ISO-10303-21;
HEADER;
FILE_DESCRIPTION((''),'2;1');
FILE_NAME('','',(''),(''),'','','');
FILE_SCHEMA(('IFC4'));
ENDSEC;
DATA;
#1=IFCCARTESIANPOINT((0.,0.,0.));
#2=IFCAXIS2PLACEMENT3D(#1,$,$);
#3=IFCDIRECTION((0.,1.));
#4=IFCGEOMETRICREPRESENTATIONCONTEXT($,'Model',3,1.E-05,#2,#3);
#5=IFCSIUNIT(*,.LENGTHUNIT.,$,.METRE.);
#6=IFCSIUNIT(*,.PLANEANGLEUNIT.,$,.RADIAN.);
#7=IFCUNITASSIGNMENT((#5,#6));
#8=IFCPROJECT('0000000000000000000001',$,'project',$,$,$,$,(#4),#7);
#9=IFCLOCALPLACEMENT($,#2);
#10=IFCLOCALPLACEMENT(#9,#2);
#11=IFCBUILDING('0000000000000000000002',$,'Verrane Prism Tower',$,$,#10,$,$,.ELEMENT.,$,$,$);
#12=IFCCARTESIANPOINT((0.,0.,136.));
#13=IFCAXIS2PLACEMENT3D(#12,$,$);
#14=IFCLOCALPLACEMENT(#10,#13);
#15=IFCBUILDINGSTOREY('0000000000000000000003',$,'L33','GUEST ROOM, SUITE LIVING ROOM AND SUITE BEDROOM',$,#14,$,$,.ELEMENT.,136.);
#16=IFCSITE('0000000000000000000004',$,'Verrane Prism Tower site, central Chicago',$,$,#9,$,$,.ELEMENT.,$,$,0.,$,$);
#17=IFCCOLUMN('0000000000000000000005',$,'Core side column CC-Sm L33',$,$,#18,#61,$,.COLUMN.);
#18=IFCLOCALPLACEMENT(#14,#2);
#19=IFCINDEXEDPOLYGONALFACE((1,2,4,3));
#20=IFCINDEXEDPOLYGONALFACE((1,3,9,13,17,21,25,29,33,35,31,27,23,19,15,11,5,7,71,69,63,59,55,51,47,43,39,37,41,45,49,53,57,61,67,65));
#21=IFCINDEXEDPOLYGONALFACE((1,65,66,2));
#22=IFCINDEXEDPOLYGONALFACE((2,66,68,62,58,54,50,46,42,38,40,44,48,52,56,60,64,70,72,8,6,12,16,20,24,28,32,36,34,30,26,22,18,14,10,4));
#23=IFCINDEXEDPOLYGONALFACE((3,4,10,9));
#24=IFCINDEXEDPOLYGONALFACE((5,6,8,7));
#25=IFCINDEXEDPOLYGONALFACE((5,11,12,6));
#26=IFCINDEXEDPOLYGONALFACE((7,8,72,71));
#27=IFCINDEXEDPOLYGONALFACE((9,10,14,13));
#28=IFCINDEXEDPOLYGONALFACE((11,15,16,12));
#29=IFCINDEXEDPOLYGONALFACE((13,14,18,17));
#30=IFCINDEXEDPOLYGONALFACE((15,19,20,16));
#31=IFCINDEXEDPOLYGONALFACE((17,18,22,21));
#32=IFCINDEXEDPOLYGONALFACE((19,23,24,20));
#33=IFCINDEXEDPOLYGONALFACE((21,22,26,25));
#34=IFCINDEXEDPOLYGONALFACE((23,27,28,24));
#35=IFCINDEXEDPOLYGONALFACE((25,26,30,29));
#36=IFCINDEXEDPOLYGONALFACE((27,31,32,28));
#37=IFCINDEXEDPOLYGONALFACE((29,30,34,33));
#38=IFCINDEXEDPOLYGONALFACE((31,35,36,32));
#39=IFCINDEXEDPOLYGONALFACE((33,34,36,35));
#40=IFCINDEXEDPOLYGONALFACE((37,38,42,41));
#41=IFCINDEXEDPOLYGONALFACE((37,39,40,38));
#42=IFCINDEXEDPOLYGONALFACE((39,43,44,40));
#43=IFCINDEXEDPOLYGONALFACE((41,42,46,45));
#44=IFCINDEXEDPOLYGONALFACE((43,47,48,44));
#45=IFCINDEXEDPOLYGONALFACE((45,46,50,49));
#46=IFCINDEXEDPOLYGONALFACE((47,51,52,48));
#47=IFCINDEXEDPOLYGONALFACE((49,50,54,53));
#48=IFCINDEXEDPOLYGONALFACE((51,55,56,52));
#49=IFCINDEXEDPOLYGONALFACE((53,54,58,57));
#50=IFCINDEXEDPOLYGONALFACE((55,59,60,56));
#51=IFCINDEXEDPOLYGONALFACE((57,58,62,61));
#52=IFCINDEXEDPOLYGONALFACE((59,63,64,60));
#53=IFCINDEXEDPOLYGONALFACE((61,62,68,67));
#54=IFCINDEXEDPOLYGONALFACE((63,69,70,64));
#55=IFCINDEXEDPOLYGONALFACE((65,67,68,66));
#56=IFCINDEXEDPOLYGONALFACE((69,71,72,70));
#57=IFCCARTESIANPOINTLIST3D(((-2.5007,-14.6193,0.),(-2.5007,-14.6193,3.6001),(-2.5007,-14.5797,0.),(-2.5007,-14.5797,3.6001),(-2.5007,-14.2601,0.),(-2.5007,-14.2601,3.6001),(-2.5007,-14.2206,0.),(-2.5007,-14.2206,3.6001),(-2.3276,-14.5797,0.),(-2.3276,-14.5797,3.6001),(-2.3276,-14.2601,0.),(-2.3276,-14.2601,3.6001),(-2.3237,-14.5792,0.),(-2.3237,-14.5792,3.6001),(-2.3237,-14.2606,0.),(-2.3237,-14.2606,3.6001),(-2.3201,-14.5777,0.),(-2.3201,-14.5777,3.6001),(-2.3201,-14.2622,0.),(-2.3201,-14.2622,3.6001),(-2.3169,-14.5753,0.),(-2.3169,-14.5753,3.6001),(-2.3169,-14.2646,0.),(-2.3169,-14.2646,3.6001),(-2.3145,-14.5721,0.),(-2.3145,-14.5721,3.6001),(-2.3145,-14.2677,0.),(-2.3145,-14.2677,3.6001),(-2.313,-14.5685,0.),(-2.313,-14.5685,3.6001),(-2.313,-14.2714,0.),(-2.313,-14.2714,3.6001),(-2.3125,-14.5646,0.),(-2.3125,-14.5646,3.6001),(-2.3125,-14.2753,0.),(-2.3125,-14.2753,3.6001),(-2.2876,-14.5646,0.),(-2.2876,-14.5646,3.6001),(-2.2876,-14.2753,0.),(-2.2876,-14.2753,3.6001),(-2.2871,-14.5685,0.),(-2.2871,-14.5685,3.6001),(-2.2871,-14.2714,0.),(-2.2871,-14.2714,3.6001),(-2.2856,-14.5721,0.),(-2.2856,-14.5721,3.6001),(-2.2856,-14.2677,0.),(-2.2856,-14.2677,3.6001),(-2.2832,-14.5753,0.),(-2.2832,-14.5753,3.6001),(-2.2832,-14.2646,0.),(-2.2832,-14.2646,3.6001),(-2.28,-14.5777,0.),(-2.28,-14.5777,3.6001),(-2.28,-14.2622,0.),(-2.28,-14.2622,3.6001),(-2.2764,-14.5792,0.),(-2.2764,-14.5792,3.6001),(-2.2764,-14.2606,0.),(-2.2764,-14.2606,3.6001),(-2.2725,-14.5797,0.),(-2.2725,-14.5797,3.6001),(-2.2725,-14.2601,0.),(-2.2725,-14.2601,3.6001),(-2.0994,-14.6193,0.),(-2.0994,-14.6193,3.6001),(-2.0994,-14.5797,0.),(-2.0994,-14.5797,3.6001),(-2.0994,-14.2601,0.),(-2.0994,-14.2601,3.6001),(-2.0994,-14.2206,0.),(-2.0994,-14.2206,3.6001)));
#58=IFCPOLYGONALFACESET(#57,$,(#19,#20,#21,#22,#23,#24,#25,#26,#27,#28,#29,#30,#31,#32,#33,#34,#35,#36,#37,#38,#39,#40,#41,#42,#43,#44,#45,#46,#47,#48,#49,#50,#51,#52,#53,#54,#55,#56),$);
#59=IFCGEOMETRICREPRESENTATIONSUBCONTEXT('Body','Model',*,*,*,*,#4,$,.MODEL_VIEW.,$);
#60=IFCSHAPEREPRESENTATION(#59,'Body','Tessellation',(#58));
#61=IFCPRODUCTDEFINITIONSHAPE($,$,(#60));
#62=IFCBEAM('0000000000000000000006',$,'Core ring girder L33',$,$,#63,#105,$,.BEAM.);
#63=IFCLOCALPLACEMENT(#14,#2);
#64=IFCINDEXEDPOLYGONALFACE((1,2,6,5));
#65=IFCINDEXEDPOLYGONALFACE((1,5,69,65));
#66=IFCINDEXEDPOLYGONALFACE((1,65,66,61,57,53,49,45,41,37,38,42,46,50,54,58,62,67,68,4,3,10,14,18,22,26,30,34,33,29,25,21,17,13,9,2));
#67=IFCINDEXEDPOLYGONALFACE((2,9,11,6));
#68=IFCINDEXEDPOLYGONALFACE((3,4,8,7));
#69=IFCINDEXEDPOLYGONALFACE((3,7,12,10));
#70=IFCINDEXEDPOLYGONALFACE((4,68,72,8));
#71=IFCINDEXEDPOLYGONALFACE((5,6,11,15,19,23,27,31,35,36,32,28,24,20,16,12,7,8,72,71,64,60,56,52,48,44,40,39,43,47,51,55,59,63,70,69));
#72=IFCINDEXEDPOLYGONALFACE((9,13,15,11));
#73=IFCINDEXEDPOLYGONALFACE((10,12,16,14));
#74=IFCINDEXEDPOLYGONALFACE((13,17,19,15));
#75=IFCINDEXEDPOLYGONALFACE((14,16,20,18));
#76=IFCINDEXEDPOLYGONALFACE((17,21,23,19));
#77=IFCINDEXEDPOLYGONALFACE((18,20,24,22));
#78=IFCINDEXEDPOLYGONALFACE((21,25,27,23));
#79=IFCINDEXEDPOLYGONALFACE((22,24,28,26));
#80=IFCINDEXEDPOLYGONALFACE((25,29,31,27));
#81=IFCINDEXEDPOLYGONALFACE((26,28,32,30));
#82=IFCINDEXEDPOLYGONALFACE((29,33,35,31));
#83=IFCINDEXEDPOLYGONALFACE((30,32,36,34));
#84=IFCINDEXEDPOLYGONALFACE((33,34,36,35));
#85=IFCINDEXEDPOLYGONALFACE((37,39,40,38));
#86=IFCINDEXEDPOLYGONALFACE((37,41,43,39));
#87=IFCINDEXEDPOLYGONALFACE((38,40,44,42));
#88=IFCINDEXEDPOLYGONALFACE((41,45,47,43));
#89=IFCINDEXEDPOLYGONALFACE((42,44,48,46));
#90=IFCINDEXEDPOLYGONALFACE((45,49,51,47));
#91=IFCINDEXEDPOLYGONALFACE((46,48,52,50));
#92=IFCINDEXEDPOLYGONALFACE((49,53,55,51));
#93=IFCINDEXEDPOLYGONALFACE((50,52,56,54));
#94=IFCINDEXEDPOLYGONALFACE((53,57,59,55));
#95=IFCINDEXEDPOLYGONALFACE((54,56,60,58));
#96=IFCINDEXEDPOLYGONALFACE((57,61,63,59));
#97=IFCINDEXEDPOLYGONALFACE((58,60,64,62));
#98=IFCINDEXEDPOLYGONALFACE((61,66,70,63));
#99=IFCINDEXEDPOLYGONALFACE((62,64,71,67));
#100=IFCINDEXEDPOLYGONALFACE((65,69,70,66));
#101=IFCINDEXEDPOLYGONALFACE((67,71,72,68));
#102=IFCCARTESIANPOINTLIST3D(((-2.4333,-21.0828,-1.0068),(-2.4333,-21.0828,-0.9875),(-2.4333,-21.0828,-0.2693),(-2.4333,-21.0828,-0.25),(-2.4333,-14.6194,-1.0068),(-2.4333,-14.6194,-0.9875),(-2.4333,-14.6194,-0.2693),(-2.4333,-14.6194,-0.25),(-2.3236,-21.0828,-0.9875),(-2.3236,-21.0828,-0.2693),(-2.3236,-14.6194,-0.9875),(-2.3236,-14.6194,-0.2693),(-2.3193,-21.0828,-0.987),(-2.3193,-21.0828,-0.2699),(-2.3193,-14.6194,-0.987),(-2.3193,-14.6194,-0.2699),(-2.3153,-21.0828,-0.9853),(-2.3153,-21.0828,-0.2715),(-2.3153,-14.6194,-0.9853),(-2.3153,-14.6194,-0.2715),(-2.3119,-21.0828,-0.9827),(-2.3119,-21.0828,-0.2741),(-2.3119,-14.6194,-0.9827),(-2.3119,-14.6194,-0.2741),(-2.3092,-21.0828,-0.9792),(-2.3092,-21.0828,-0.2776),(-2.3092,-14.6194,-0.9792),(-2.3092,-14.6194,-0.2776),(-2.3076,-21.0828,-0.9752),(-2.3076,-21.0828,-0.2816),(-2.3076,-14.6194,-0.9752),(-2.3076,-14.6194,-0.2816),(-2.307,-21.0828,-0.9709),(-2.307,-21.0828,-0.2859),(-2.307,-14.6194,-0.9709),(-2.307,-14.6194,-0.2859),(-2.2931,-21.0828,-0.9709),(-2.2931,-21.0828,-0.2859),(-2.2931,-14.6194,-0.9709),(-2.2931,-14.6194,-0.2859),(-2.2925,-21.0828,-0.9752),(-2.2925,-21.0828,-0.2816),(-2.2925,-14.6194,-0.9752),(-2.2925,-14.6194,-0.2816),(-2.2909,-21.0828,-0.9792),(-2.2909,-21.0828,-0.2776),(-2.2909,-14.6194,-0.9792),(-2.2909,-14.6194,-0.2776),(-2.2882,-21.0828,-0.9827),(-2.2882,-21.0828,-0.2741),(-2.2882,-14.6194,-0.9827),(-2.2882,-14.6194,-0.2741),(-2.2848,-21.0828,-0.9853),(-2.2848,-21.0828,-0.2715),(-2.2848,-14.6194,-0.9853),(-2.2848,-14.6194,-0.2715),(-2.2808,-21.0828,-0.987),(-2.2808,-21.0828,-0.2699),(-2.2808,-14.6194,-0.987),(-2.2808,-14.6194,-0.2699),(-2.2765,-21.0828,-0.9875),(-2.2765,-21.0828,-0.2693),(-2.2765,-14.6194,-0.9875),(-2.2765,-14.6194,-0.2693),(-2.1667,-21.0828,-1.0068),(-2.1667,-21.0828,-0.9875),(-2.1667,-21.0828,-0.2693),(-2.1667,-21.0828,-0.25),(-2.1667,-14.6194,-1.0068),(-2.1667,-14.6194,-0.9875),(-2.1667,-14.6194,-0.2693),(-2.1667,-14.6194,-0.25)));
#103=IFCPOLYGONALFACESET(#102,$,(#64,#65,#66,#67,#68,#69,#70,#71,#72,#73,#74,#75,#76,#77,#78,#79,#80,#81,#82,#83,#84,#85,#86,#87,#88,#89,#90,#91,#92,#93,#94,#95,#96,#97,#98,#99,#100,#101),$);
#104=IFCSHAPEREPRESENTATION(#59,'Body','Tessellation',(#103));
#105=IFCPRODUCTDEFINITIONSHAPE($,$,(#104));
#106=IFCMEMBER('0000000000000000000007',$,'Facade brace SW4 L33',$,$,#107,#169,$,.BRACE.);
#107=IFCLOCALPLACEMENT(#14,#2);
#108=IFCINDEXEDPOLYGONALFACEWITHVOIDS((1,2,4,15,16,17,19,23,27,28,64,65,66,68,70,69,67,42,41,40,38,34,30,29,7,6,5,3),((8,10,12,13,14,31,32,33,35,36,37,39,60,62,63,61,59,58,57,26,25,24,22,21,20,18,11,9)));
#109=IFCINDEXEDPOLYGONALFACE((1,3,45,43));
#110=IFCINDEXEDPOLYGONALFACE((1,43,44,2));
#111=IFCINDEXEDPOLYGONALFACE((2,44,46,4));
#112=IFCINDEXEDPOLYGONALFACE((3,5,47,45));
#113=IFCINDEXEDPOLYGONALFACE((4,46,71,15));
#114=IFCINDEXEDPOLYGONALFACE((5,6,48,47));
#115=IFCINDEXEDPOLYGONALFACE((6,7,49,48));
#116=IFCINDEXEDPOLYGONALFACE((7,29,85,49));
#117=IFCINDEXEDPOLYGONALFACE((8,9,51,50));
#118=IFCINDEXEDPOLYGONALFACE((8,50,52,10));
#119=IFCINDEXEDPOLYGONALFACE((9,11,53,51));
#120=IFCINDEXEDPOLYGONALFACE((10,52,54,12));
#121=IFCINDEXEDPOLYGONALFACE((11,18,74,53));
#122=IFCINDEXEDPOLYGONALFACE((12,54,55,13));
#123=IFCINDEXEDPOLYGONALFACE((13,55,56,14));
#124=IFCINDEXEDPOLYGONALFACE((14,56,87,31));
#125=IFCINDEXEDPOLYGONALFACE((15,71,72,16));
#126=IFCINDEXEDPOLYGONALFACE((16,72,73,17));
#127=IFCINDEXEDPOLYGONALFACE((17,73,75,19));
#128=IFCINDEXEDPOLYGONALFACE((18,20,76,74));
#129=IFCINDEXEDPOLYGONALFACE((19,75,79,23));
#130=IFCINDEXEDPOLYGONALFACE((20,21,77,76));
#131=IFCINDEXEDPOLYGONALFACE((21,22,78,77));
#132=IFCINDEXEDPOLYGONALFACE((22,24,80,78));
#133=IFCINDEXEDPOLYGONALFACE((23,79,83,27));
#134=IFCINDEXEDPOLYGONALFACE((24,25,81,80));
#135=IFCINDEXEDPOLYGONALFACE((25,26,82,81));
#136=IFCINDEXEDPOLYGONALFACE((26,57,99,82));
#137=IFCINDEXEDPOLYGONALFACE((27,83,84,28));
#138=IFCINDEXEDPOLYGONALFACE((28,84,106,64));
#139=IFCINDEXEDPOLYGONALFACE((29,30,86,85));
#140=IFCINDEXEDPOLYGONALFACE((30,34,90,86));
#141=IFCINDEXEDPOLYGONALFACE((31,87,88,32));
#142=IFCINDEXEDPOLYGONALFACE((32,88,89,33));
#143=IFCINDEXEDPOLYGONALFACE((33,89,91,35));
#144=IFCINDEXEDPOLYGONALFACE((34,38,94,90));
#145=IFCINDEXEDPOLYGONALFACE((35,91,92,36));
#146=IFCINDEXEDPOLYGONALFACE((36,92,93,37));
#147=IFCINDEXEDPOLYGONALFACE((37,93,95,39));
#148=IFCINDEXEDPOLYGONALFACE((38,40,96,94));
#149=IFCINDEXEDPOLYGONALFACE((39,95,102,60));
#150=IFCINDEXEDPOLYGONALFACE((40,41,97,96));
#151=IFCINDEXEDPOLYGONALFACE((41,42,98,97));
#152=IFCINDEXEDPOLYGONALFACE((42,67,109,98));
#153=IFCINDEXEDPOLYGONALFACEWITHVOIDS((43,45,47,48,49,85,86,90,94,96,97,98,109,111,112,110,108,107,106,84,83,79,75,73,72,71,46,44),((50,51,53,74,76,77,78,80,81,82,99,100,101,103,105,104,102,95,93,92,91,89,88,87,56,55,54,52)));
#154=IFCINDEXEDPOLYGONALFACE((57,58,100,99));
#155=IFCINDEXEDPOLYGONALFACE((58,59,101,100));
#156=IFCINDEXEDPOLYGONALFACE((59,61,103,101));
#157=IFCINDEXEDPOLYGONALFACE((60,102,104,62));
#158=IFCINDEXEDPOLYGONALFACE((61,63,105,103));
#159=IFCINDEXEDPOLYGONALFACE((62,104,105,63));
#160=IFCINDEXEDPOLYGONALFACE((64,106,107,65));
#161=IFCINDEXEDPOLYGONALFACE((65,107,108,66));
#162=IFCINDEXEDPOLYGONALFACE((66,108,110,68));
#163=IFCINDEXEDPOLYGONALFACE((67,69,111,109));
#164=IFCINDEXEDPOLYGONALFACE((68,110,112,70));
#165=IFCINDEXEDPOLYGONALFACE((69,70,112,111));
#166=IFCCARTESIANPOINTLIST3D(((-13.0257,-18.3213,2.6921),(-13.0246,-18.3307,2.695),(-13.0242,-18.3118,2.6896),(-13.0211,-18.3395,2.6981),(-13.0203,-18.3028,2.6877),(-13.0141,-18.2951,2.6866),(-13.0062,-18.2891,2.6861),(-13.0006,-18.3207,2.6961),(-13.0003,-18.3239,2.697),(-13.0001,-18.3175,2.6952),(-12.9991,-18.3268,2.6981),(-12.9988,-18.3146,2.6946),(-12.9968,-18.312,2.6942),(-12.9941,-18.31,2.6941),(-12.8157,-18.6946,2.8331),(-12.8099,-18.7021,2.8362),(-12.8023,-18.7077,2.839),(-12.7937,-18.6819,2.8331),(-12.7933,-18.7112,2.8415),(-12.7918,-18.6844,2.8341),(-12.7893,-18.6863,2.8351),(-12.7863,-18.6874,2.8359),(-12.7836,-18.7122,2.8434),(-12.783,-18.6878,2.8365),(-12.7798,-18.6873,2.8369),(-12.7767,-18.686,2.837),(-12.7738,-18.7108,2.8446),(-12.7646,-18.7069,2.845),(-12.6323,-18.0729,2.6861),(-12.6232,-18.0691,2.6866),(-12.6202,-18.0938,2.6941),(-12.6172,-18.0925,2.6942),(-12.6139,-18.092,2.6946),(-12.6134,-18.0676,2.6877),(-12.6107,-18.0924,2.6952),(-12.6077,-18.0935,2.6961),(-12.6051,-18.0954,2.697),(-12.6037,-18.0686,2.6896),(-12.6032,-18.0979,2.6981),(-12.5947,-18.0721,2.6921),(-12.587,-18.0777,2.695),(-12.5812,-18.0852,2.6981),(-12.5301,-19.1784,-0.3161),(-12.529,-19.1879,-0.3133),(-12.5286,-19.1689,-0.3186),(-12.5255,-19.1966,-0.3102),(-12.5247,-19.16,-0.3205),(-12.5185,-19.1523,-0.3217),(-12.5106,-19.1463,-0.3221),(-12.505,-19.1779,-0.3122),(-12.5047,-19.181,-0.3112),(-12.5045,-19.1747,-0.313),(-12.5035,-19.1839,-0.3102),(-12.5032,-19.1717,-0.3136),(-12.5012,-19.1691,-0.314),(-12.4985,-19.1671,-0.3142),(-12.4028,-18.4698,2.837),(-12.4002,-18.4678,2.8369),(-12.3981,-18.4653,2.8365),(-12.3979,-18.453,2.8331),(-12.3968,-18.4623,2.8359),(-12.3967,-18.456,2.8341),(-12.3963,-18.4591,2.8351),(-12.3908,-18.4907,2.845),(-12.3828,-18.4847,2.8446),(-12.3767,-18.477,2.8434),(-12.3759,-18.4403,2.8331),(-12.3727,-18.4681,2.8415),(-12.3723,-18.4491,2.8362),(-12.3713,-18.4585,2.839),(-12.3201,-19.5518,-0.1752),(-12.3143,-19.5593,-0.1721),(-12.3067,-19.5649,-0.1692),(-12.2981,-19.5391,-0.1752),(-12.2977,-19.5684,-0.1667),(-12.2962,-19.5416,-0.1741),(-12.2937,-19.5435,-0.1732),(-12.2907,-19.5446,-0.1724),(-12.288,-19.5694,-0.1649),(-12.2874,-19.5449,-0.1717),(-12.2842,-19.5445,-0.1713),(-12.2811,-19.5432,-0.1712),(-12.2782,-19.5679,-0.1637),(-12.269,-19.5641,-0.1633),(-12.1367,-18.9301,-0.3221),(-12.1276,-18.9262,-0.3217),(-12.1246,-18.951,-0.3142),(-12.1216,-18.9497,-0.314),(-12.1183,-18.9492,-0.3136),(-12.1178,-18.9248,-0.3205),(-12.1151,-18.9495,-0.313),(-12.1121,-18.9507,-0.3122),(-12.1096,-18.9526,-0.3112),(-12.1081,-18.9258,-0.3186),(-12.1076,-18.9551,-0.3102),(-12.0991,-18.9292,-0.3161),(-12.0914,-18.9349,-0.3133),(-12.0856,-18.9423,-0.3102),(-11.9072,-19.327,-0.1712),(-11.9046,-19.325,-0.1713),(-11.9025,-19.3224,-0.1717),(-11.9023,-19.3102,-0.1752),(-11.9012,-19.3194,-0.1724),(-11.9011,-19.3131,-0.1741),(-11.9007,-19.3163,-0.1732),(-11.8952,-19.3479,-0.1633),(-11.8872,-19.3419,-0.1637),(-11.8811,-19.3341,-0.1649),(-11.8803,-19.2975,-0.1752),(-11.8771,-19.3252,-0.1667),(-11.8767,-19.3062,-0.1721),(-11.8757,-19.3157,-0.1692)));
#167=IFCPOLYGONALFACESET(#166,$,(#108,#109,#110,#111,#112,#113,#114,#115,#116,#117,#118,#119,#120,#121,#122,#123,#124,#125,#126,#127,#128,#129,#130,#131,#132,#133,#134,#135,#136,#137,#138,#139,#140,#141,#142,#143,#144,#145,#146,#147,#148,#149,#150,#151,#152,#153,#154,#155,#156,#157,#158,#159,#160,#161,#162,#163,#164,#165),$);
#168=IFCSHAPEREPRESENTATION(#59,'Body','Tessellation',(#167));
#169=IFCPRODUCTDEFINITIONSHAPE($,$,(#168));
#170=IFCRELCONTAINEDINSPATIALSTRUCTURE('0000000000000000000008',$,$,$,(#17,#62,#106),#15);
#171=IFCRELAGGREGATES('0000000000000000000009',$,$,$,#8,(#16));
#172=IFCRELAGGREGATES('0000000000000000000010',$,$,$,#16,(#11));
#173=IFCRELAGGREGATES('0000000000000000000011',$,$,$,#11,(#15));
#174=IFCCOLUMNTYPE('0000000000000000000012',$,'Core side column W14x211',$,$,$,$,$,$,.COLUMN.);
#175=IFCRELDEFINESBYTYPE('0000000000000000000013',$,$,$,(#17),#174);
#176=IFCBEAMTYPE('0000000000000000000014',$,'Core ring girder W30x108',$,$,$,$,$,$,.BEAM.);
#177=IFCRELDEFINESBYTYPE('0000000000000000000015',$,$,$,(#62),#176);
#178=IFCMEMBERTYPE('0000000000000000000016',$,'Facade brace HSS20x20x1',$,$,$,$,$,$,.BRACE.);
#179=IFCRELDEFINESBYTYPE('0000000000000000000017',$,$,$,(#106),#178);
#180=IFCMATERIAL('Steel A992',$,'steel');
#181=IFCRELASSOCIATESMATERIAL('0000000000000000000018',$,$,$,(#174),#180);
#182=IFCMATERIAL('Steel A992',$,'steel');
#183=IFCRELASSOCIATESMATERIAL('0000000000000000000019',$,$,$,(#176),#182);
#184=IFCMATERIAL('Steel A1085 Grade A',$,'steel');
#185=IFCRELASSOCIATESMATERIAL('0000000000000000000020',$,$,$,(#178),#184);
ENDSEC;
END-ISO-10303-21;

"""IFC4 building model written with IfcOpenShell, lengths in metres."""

from ifc_helpers import new_model, si_unit, direction, frame, origin, origin_2d, place, context, subcontext, project, spatial, hollow_rectangle, i_section, extrude, material, material_profile, profile_set, type_object, element, save


model = new_model("IFC4")

# Units and contexts
model_context = context("Model", 3, precision=1e-05, world=origin(), true_north=direction((0.0, 1.0)))
body_context = subcontext(model_context, "Body", "Model", "MODEL_VIEW")
ifc_project = project(units=[si_unit("LENGTHUNIT", "METRE"), si_unit("PLANEANGLEUNIT", "RADIAN")], contexts=[model_context])

# Site, building, storey
site_placement = place(None, origin())
site = spatial("IfcSite", under=ifc_project, at=site_placement, Name="Verrane Prism Tower site, central Chicago", CompositionType="ELEMENT", RefElevation=0.0)
building_placement = place(site_placement, origin())
building = spatial("IfcBuilding", under=site, at=building_placement, Name="Verrane Prism Tower", CompositionType="ELEMENT")
storey_placement = place(building_placement, frame((0.0, 0.0, 136.0)))
storey = spatial("IfcBuildingStorey", under=building, at=storey_placement, Name="L33", Description="GUEST ROOM, SUITE LIVING ROOM AND SUITE BEDROOM", CompositionType="ELEMENT", Elevation=136.0)

# Column
ifc_material_1 = material(Name="Steel A992", Category="steel")
ifc_material_profile_1 = material_profile(ifc_material_1, i_section(OverallWidth=0.4014, OverallDepth=0.3987, WebThickness=0.0249, FlangeThickness=0.0396, FilletRadius=0.0151, at=origin_2d()), Name="W14x211")
ifc_profile_set_1 = profile_set([ifc_material_profile_1], Name="Steel A992")
column_type = type_object("IfcColumnType", Name="Core side column W14x211", PredefinedType="COLUMN", material=ifc_profile_set_1)
column_placement = place(storey_placement, frame((-2.3, -14.4199, 0.0), z_axis=(0.0, 0.0, 1.0), x_axis=(1.0, 0.0, 0.0)))
element("IfcColumn", 1, at=column_placement, inside=storey, type_object=column_type, Name="Core side column CC-Sm L33", PredefinedType="COLUMN", context=body_context, shape_type="SweptSolid", body=[
    extrude(i_section(OverallWidth=0.4014, OverallDepth=0.3987, WebThickness=0.0249, FlangeThickness=0.0396, FilletRadius=0.0151, at=origin_2d()), origin(), (0.0, 0.0, 1.0), 3.6001),
])

# Beam
ifc_material_2 = material(Name="Steel A992", Category="steel")
ifc_material_profile_2 = material_profile(ifc_material_2, i_section(OverallWidth=0.2666, OverallDepth=0.7568, WebThickness=0.0139, FlangeThickness=0.0193, FilletRadius=0.0166, at=origin_2d()), Name="W30x108")
ifc_profile_set_2 = profile_set([ifc_material_profile_2], Name="Steel A992")
beam_type_1 = type_object("IfcBeamType", Name="Core ring girder W30x108", PredefinedType="BEAM", material=ifc_profile_set_2)
beam_1_placement = place(storey_placement, frame((-2.3, -14.6194, -0.6284), z_axis=(0.0, -1.0, 0.0), x_axis=(1.0, 0.0, 0.0)))
element("IfcBeam", 2, at=beam_1_placement, inside=storey, type_object=beam_type_1, Name="Core ring girder L33", PredefinedType="BEAM", context=body_context, shape_type="SweptSolid", body=[
    extrude(i_section(OverallWidth=0.2666, OverallDepth=0.7568, WebThickness=0.0139, FlangeThickness=0.0193, FilletRadius=0.0166, at=origin_2d()), origin(), (0.0, 0.0, 1.0), 6.4634),
])

# Member
ifc_material_3 = material(Name="Steel A1085 Grade A", Category="steel")
ifc_material_profile_3 = material_profile(ifc_material_3, hollow_rectangle(XDim=0.5081, YDim=0.5081, WallThickness=0.0254, InnerFilletRadius=0.0127, OuterFilletRadius=0.0381, at=origin_2d()), Name="HSS20x20x1")
ifc_profile_set_3 = profile_set([ifc_material_profile_3], Name="Steel A1085 Grade A")
member_type = type_object("IfcMemberType", Name="Facade brace HSS20x20x1", PredefinedType="BRACE", material=ifc_profile_set_3)
member_placement = place(storey_placement, frame((-12.2029, -19.2471, -0.2427), z_axis=(-0.156488, 0.270654, 0.949873), x_axis=(-0.865713, -0.50054, 0.0)))
element("IfcMember", 3, at=member_placement, inside=storey, type_object=member_type, Name="Facade brace SW4 L33", PredefinedType="BRACE", context=body_context, shape_type="SweptSolid", body=[
    extrude(hollow_rectangle(XDim=0.5081, YDim=0.5081, WallThickness=0.0254, InnerFilletRadius=0.0127, OuterFilletRadius=0.0381, at=origin_2d()), origin(), (0.0, 0.0, 1.0), 3.167),
])

save(model, "model.ifc")
